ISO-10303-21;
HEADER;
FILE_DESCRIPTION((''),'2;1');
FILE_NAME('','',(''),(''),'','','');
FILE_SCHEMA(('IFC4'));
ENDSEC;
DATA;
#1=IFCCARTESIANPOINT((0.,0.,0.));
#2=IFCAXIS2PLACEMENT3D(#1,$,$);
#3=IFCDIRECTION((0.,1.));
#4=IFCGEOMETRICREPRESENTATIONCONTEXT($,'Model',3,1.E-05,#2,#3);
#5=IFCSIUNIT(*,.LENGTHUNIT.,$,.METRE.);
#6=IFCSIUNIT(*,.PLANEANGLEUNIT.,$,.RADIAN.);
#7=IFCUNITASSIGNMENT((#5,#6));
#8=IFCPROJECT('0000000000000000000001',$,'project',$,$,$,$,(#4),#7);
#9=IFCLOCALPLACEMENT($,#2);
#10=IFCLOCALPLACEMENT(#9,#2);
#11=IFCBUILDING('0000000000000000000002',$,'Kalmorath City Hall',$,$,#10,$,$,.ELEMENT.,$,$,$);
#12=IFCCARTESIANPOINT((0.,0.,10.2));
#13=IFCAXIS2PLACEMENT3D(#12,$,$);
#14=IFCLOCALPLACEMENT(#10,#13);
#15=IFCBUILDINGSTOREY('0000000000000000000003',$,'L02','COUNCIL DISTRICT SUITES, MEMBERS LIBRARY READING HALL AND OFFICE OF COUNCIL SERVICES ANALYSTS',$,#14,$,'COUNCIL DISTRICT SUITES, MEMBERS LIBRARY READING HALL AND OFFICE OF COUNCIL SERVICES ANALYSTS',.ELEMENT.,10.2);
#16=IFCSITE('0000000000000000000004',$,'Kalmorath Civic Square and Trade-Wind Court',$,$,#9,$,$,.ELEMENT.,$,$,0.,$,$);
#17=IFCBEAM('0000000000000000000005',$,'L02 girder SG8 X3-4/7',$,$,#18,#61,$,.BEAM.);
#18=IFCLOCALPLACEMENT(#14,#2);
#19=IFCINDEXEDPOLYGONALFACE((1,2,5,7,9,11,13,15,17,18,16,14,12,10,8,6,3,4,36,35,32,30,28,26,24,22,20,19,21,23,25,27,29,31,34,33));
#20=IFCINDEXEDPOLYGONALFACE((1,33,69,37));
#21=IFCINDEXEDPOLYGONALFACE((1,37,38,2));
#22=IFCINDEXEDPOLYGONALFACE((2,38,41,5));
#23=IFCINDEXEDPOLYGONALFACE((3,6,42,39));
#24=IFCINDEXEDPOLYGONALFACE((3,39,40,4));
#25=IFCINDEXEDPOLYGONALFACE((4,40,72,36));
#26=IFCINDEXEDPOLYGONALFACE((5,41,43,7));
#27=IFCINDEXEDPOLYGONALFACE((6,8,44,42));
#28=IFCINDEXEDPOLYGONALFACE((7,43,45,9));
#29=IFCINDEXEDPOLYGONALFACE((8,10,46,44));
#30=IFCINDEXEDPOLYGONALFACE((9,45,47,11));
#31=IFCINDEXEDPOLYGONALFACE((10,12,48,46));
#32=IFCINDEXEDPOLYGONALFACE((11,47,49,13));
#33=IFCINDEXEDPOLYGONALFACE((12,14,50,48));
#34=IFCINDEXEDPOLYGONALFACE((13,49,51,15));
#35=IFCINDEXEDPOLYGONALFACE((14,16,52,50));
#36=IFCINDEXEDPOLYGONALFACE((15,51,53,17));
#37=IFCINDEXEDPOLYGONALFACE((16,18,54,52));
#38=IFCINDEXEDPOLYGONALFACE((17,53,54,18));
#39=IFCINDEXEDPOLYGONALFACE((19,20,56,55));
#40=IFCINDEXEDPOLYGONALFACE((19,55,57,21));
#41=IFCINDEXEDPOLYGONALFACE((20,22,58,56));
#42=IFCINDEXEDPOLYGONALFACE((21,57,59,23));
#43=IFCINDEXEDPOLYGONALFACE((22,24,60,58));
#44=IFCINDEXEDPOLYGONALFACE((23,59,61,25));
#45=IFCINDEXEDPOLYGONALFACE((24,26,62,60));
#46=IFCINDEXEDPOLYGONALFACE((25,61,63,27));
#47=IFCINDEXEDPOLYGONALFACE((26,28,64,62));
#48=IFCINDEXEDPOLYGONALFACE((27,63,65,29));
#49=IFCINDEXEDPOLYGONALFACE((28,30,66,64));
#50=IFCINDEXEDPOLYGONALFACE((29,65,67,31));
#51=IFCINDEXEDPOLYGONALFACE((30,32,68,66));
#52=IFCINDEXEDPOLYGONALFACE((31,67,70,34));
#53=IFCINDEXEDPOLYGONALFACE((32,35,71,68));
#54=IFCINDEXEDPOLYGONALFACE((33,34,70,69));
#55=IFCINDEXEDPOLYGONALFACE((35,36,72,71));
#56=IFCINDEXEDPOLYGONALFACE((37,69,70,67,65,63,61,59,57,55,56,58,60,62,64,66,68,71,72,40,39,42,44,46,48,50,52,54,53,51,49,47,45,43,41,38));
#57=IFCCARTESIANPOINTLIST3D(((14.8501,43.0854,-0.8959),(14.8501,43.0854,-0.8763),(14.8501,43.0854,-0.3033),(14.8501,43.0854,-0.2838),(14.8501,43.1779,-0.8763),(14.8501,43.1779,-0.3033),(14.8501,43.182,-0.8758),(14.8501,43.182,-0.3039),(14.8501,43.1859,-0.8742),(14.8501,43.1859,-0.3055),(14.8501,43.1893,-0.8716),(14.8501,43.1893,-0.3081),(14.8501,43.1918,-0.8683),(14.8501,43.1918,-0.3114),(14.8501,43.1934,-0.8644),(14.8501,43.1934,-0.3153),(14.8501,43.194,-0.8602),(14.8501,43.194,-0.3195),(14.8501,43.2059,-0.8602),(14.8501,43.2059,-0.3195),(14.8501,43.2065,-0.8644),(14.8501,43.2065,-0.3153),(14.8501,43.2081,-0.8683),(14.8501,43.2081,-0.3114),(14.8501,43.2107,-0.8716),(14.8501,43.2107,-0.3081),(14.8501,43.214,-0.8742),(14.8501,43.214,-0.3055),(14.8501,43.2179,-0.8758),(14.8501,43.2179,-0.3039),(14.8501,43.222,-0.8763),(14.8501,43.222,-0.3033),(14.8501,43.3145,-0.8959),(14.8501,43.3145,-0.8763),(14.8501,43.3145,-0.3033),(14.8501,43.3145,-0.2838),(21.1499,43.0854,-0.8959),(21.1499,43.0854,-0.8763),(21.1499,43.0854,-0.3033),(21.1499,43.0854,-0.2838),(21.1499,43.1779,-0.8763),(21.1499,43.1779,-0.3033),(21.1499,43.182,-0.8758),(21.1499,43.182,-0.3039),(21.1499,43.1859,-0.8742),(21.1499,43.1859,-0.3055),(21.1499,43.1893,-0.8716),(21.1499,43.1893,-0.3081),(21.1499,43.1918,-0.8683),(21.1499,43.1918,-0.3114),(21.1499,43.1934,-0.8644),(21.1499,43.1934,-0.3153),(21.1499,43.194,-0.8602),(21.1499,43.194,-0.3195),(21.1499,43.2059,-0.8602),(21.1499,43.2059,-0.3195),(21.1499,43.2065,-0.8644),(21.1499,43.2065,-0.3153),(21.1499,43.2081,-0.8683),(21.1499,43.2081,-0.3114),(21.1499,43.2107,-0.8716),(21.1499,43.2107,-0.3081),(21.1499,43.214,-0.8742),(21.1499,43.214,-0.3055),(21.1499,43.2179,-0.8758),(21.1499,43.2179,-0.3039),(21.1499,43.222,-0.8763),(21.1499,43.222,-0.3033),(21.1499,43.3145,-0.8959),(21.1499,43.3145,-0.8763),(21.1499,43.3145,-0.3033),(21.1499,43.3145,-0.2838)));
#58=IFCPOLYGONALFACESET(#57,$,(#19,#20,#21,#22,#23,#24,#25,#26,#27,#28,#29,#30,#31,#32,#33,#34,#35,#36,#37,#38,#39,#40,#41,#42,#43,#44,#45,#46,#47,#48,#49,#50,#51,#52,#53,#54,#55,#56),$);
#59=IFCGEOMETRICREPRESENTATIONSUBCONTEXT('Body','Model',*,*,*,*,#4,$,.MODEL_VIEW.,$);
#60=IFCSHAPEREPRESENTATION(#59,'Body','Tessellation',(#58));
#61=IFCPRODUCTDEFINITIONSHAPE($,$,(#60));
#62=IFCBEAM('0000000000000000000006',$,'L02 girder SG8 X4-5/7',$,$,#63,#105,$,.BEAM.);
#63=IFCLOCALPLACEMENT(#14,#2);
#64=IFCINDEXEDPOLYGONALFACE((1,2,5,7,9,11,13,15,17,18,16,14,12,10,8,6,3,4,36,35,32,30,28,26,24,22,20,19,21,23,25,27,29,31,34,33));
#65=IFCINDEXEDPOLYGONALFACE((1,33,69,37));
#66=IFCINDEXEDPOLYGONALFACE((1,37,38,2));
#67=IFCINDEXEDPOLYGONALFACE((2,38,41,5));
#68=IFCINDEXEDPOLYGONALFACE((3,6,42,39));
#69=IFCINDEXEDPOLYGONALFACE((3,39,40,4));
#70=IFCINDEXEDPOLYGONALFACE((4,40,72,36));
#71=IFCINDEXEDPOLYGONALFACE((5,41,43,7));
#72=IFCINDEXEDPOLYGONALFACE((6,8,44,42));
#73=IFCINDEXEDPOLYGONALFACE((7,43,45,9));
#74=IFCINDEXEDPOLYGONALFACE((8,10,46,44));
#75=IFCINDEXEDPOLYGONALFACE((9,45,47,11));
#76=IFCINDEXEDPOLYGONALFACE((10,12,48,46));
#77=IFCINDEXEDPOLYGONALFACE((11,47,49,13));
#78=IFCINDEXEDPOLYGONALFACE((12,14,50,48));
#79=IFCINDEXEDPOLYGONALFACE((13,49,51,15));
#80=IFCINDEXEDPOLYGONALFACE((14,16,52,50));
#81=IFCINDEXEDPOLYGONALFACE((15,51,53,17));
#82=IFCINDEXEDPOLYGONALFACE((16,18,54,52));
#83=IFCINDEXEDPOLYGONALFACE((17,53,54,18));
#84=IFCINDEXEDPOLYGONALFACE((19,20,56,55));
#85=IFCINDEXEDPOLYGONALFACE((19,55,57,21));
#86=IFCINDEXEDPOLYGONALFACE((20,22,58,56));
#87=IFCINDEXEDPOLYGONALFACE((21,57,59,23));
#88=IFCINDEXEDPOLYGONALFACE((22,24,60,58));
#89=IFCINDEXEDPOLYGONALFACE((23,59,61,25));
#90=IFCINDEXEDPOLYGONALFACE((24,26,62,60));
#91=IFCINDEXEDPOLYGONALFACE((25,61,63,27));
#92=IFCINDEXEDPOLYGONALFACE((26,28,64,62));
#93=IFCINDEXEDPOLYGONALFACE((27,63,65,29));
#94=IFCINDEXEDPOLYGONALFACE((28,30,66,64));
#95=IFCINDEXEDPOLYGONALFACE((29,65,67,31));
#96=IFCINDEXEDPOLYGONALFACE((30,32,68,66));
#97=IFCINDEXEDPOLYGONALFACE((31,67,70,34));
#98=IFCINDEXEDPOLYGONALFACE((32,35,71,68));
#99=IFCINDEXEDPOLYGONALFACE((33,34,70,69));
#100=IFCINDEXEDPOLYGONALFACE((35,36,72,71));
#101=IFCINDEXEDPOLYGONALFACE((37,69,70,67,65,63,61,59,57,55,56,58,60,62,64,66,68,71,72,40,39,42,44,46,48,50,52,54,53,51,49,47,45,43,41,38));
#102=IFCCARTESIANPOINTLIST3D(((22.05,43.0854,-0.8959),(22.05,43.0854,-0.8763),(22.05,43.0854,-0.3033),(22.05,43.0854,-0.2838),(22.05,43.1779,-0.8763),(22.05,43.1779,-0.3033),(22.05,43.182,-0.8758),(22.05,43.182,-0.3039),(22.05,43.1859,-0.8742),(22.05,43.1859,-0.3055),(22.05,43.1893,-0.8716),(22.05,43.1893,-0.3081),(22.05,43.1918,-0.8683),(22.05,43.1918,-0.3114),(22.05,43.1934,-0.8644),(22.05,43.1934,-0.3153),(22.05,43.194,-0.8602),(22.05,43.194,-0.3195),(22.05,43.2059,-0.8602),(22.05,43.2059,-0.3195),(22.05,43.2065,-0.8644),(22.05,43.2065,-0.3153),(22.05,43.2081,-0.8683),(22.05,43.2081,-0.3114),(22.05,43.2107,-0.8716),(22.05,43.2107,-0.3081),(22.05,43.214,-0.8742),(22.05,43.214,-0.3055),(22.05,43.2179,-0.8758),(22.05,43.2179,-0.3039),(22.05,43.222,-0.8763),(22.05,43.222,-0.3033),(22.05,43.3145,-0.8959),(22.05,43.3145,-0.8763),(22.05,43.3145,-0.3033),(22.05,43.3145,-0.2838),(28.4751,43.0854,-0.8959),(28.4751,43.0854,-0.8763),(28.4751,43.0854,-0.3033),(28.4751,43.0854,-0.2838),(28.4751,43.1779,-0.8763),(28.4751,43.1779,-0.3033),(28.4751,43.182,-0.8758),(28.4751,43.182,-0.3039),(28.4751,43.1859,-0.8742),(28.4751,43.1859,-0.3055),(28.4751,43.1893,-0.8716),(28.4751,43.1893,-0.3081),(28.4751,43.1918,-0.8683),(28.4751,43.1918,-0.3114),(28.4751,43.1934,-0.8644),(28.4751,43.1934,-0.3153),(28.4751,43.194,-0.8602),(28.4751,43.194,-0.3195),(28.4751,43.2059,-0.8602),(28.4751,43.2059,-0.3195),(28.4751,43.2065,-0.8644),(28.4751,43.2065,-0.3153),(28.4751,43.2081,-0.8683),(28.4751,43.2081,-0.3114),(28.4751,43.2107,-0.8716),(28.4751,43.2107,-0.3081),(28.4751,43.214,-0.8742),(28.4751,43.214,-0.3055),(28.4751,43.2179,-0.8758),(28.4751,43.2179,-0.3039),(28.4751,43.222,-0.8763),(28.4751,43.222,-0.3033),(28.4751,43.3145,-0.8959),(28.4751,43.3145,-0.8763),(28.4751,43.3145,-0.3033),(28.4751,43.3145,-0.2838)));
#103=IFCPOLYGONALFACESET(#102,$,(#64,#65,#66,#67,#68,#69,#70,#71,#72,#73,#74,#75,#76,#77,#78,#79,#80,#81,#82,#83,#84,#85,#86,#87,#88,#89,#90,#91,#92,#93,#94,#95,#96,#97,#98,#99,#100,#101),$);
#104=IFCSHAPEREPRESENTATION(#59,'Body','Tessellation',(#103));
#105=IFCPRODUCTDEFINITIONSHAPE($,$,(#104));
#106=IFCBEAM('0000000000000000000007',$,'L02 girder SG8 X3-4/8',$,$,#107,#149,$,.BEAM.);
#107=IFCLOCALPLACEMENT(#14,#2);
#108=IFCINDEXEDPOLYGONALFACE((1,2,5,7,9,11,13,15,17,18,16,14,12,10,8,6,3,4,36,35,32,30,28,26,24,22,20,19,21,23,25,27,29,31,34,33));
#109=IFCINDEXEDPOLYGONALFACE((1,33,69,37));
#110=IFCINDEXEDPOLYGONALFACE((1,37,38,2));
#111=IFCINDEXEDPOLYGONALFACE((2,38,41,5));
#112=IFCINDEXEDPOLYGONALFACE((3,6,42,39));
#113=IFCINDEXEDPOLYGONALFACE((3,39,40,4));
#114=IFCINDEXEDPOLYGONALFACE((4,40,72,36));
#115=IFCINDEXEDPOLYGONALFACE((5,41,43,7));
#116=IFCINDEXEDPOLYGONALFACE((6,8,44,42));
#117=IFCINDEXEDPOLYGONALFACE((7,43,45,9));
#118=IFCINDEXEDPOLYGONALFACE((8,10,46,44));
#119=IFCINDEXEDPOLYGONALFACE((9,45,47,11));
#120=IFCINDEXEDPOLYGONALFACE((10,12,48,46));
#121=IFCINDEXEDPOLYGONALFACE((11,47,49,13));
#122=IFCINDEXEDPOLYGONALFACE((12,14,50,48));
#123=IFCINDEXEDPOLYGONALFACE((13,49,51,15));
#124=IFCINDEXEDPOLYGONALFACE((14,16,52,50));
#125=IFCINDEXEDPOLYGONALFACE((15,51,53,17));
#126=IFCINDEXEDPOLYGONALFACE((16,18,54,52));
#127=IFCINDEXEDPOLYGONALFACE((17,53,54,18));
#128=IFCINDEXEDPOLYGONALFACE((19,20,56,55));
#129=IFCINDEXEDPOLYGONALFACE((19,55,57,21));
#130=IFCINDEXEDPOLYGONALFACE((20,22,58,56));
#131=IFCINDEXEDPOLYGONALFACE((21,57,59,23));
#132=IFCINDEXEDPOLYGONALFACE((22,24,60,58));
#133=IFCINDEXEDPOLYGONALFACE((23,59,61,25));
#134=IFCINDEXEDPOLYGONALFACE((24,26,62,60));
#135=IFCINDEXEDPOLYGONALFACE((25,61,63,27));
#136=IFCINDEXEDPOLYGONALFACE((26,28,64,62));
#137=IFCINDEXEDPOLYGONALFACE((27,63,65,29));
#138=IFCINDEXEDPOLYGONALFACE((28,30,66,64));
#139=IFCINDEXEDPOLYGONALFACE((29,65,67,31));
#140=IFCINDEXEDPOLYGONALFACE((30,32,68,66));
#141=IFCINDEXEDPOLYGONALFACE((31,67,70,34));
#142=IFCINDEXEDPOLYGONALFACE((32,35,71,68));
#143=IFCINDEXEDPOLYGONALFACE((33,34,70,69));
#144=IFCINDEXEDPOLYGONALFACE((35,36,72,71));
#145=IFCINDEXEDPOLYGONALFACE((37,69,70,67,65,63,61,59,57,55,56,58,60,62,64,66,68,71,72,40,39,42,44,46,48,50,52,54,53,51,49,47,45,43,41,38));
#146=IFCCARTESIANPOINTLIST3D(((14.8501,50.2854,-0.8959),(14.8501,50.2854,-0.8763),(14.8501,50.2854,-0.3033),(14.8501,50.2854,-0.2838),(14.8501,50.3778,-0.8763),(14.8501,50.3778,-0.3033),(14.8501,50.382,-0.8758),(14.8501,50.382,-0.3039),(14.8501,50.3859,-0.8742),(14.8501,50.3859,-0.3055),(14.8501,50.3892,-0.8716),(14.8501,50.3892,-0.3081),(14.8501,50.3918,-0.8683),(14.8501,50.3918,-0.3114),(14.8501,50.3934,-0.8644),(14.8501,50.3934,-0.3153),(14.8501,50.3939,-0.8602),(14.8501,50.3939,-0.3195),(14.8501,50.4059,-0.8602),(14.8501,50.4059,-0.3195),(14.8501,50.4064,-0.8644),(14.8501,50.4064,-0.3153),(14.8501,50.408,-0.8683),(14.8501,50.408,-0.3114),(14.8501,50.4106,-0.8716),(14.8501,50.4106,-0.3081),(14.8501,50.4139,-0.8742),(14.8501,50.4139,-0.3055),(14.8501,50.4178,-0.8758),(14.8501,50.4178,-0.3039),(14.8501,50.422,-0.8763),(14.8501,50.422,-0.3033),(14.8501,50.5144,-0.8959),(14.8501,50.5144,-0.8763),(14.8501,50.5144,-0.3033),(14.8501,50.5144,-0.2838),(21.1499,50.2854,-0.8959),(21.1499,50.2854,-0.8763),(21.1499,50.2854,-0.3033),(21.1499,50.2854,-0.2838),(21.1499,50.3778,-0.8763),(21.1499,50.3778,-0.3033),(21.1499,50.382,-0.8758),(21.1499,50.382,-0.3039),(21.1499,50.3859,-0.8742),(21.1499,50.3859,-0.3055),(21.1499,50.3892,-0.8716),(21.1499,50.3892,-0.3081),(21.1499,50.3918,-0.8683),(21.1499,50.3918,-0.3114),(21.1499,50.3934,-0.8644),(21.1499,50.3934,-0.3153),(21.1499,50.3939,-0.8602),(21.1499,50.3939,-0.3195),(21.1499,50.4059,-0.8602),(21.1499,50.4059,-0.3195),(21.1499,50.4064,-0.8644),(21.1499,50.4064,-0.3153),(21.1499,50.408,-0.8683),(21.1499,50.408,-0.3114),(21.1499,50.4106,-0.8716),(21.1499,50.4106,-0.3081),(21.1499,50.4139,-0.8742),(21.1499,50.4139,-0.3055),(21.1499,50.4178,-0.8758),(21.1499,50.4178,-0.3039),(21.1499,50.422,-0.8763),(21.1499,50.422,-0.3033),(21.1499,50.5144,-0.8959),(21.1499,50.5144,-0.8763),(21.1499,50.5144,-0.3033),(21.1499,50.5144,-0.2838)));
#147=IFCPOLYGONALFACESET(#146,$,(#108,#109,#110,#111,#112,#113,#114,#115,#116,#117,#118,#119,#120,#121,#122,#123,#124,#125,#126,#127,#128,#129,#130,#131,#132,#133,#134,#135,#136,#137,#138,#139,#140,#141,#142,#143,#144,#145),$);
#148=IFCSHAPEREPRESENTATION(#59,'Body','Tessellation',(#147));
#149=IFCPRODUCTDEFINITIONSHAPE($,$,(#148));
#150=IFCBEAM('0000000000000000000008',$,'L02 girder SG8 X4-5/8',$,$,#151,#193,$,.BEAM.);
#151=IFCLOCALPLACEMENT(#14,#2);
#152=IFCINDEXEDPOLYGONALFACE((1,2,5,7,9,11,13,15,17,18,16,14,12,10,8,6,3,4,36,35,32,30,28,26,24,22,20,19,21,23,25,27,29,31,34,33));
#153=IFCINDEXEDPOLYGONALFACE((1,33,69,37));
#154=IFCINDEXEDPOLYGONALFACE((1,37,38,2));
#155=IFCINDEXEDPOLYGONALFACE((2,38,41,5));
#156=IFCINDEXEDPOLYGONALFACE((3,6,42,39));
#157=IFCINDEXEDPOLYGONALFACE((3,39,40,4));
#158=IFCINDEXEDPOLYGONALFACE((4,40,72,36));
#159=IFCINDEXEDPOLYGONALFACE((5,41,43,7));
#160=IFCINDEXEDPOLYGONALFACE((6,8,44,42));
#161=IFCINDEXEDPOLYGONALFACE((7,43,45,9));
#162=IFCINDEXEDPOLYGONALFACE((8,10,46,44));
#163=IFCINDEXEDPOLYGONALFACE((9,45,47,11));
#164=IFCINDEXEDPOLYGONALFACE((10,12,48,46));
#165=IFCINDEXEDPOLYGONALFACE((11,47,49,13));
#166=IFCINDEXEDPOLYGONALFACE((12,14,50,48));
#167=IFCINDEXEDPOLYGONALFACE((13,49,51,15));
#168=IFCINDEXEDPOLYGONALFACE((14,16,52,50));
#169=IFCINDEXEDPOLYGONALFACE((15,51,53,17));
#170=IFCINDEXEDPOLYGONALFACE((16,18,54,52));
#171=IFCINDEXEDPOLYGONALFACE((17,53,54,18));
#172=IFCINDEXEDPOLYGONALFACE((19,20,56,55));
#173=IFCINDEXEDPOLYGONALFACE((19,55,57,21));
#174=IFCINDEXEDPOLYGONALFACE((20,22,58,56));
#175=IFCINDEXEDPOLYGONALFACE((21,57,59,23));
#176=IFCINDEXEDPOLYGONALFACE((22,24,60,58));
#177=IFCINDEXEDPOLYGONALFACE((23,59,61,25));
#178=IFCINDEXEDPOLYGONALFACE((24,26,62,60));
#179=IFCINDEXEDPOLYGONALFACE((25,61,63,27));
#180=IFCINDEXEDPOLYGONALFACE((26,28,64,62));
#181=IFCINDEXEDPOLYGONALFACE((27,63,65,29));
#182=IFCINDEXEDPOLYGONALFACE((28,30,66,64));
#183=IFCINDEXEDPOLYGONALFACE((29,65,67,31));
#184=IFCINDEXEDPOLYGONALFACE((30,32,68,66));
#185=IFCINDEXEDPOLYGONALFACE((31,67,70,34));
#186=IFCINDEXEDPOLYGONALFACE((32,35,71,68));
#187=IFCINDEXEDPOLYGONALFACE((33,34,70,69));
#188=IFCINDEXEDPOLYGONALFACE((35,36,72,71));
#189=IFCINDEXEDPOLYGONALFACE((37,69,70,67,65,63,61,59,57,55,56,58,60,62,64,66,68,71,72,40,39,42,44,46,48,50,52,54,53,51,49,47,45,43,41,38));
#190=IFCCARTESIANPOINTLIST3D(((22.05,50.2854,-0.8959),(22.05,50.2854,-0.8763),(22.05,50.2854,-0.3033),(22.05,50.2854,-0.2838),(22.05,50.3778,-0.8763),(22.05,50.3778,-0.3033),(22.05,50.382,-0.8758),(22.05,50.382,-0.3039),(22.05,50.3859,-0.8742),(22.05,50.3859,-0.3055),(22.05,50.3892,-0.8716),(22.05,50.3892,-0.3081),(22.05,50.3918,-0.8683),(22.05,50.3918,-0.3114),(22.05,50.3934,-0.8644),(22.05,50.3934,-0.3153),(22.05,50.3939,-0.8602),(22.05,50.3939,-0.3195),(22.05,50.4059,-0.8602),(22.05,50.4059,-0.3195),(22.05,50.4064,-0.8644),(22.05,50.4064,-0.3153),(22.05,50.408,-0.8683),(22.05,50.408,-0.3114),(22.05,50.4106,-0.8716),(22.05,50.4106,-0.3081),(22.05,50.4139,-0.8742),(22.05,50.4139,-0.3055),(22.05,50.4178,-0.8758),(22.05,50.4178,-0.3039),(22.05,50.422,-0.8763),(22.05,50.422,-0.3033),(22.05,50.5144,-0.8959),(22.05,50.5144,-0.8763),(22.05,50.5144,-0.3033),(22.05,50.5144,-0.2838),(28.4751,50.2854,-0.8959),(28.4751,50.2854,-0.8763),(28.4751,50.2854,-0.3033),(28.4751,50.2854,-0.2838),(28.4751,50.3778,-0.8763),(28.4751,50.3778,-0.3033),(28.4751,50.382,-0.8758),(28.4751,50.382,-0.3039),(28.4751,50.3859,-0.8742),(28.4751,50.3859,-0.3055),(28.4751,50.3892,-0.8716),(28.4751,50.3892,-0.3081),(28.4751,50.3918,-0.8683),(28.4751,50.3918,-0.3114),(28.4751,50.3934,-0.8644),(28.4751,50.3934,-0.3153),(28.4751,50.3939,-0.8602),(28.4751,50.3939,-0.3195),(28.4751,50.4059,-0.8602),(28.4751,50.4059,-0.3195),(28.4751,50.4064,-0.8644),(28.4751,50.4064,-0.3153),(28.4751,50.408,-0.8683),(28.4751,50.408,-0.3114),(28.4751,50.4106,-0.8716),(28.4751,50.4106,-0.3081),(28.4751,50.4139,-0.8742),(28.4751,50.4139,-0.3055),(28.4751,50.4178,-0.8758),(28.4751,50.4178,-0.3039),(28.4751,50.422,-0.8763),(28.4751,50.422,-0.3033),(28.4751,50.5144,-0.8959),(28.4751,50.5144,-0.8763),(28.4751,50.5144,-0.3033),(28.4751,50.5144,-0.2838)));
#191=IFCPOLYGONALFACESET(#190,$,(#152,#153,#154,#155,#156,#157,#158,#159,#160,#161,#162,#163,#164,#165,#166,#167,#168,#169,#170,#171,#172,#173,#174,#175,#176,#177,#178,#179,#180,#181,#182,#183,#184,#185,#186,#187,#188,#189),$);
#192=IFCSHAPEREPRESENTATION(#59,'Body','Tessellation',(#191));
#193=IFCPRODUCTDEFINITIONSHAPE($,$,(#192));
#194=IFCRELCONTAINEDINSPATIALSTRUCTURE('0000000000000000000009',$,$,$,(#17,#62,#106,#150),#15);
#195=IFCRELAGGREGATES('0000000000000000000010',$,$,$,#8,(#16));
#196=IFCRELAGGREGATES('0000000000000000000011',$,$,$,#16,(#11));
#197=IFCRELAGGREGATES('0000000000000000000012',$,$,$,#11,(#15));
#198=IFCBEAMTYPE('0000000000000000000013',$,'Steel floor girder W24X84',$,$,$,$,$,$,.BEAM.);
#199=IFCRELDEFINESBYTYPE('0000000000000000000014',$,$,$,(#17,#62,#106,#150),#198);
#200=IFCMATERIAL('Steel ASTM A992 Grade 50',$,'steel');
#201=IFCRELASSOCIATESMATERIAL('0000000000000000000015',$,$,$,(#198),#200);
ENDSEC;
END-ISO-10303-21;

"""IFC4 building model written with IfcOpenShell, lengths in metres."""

from ifc_helpers import new_model, si_unit, direction, frame, origin, origin_2d, place, context, subcontext, project, spatial, i_section, extrude, material, material_profile, profile_set, type_object, element, save


model = new_model("IFC4")

# Units and contexts
model_context = context("Model", 3, precision=1e-05, world=origin(), true_north=direction((0.0, 1.0)))
body_context = subcontext(model_context, "Body", "Model", "MODEL_VIEW")
ifc_project = project(units=[si_unit("LENGTHUNIT", "METRE"), si_unit("PLANEANGLEUNIT", "RADIAN")], contexts=[model_context])

# Site, building, storey
site_placement = place(None, origin())
site = spatial("IfcSite", under=ifc_project, at=site_placement, Name="Kalmorath Civic Square and Trade-Wind Court", CompositionType="ELEMENT", RefElevation=0.0)
building_placement = place(site_placement, origin())
building = spatial("IfcBuilding", under=site, at=building_placement, Name="Kalmorath City Hall", CompositionType="ELEMENT")
storey_placement = place(building_placement, frame((0.0, 0.0, 10.2)))
storey = spatial("IfcBuildingStorey", under=building, at=storey_placement, Name="L02", Description="COUNCIL DISTRICT SUITES, MEMBERS LIBRARY READING HALL AND OFFICE OF COUNCIL SERVICES ANALYSTS", LongName="COUNCIL DISTRICT SUITES, MEMBERS LIBRARY READING HALL AND OFFICE OF COUNCIL SERVICES ANALYSTS", CompositionType="ELEMENT", Elevation=10.2)

# Beams
ifc_material_1 = material(Name="Steel ASTM A992 Grade 50", Category="steel")
ifc_material_profile_1 = material_profile(ifc_material_1, i_section(OverallWidth=0.229, OverallDepth=0.6121, WebThickness=0.012, FlangeThickness=0.0195, FilletRadius=0.0161, at=origin_2d()), Name="W24X84")
ifc_profile_set_1 = profile_set([ifc_material_profile_1], Name="Steel ASTM A992 Grade 50")
beam_type_1 = type_object("IfcBeamType", Name="Steel floor girder W24X84", PredefinedType="BEAM", material=ifc_profile_set_1)
beam_1_placement = place(storey_placement, frame((14.8501, 43.2, -0.5898), z_axis=(1.0, 0.0, 0.0), x_axis=(0.0, 1.0, 0.0)))
element("IfcBeam", 1, at=beam_1_placement, inside=storey, type_object=beam_type_1, Name="L02 girder SG8 X3-4/7", PredefinedType="BEAM", context=body_context, shape_type="SweptSolid", body=[
    extrude(i_section(OverallWidth=0.229, OverallDepth=0.6121, WebThickness=0.012, FlangeThickness=0.0195, FilletRadius=0.0161, at=origin_2d()), origin(), (0.0, 0.0, 1.0), 6.2998),
])
beam_2_placement = place(storey_placement, frame((22.05, 43.2, -0.5898), z_axis=(1.0, 0.0, 0.0), x_axis=(0.0, 1.0, 0.0)))
element("IfcBeam", 2, at=beam_2_placement, inside=storey, type_object=beam_type_1, Name="L02 girder SG8 X4-5/7", PredefinedType="BEAM", context=body_context, shape_type="SweptSolid", body=[
    extrude(i_section(OverallWidth=0.229, OverallDepth=0.6121, WebThickness=0.012, FlangeThickness=0.0195, FilletRadius=0.0161, at=origin_2d()), origin(), (0.0, 0.0, 1.0), 6.425),
])
beam_3_placement = place(storey_placement, frame((14.8501, 50.3999, -0.5898), z_axis=(1.0, 0.0, 0.0), x_axis=(0.0, 1.0, 0.0)))
element("IfcBeam", 3, at=beam_3_placement, inside=storey, type_object=beam_type_1, Name="L02 girder SG8 X3-4/8", PredefinedType="BEAM", context=body_context, shape_type="SweptSolid", body=[
    extrude(i_section(OverallWidth=0.229, OverallDepth=0.6121, WebThickness=0.012, FlangeThickness=0.0195, FilletRadius=0.0161, at=origin_2d()), origin(), (0.0, 0.0, 1.0), 6.2998),
])
beam_4_placement = place(storey_placement, frame((22.05, 50.3999, -0.5898), z_axis=(1.0, 0.0, 0.0), x_axis=(0.0, 1.0, 0.0)))
element("IfcBeam", 4, at=beam_4_placement, inside=storey, type_object=beam_type_1, Name="L02 girder SG8 X4-5/8", PredefinedType="BEAM", context=body_context, shape_type="SweptSolid", body=[
    extrude(i_section(OverallWidth=0.229, OverallDepth=0.6121, WebThickness=0.012, FlangeThickness=0.0195, FilletRadius=0.0161, at=origin_2d()), origin(), (0.0, 0.0, 1.0), 6.425),
])

save(model, "model.ifc")
